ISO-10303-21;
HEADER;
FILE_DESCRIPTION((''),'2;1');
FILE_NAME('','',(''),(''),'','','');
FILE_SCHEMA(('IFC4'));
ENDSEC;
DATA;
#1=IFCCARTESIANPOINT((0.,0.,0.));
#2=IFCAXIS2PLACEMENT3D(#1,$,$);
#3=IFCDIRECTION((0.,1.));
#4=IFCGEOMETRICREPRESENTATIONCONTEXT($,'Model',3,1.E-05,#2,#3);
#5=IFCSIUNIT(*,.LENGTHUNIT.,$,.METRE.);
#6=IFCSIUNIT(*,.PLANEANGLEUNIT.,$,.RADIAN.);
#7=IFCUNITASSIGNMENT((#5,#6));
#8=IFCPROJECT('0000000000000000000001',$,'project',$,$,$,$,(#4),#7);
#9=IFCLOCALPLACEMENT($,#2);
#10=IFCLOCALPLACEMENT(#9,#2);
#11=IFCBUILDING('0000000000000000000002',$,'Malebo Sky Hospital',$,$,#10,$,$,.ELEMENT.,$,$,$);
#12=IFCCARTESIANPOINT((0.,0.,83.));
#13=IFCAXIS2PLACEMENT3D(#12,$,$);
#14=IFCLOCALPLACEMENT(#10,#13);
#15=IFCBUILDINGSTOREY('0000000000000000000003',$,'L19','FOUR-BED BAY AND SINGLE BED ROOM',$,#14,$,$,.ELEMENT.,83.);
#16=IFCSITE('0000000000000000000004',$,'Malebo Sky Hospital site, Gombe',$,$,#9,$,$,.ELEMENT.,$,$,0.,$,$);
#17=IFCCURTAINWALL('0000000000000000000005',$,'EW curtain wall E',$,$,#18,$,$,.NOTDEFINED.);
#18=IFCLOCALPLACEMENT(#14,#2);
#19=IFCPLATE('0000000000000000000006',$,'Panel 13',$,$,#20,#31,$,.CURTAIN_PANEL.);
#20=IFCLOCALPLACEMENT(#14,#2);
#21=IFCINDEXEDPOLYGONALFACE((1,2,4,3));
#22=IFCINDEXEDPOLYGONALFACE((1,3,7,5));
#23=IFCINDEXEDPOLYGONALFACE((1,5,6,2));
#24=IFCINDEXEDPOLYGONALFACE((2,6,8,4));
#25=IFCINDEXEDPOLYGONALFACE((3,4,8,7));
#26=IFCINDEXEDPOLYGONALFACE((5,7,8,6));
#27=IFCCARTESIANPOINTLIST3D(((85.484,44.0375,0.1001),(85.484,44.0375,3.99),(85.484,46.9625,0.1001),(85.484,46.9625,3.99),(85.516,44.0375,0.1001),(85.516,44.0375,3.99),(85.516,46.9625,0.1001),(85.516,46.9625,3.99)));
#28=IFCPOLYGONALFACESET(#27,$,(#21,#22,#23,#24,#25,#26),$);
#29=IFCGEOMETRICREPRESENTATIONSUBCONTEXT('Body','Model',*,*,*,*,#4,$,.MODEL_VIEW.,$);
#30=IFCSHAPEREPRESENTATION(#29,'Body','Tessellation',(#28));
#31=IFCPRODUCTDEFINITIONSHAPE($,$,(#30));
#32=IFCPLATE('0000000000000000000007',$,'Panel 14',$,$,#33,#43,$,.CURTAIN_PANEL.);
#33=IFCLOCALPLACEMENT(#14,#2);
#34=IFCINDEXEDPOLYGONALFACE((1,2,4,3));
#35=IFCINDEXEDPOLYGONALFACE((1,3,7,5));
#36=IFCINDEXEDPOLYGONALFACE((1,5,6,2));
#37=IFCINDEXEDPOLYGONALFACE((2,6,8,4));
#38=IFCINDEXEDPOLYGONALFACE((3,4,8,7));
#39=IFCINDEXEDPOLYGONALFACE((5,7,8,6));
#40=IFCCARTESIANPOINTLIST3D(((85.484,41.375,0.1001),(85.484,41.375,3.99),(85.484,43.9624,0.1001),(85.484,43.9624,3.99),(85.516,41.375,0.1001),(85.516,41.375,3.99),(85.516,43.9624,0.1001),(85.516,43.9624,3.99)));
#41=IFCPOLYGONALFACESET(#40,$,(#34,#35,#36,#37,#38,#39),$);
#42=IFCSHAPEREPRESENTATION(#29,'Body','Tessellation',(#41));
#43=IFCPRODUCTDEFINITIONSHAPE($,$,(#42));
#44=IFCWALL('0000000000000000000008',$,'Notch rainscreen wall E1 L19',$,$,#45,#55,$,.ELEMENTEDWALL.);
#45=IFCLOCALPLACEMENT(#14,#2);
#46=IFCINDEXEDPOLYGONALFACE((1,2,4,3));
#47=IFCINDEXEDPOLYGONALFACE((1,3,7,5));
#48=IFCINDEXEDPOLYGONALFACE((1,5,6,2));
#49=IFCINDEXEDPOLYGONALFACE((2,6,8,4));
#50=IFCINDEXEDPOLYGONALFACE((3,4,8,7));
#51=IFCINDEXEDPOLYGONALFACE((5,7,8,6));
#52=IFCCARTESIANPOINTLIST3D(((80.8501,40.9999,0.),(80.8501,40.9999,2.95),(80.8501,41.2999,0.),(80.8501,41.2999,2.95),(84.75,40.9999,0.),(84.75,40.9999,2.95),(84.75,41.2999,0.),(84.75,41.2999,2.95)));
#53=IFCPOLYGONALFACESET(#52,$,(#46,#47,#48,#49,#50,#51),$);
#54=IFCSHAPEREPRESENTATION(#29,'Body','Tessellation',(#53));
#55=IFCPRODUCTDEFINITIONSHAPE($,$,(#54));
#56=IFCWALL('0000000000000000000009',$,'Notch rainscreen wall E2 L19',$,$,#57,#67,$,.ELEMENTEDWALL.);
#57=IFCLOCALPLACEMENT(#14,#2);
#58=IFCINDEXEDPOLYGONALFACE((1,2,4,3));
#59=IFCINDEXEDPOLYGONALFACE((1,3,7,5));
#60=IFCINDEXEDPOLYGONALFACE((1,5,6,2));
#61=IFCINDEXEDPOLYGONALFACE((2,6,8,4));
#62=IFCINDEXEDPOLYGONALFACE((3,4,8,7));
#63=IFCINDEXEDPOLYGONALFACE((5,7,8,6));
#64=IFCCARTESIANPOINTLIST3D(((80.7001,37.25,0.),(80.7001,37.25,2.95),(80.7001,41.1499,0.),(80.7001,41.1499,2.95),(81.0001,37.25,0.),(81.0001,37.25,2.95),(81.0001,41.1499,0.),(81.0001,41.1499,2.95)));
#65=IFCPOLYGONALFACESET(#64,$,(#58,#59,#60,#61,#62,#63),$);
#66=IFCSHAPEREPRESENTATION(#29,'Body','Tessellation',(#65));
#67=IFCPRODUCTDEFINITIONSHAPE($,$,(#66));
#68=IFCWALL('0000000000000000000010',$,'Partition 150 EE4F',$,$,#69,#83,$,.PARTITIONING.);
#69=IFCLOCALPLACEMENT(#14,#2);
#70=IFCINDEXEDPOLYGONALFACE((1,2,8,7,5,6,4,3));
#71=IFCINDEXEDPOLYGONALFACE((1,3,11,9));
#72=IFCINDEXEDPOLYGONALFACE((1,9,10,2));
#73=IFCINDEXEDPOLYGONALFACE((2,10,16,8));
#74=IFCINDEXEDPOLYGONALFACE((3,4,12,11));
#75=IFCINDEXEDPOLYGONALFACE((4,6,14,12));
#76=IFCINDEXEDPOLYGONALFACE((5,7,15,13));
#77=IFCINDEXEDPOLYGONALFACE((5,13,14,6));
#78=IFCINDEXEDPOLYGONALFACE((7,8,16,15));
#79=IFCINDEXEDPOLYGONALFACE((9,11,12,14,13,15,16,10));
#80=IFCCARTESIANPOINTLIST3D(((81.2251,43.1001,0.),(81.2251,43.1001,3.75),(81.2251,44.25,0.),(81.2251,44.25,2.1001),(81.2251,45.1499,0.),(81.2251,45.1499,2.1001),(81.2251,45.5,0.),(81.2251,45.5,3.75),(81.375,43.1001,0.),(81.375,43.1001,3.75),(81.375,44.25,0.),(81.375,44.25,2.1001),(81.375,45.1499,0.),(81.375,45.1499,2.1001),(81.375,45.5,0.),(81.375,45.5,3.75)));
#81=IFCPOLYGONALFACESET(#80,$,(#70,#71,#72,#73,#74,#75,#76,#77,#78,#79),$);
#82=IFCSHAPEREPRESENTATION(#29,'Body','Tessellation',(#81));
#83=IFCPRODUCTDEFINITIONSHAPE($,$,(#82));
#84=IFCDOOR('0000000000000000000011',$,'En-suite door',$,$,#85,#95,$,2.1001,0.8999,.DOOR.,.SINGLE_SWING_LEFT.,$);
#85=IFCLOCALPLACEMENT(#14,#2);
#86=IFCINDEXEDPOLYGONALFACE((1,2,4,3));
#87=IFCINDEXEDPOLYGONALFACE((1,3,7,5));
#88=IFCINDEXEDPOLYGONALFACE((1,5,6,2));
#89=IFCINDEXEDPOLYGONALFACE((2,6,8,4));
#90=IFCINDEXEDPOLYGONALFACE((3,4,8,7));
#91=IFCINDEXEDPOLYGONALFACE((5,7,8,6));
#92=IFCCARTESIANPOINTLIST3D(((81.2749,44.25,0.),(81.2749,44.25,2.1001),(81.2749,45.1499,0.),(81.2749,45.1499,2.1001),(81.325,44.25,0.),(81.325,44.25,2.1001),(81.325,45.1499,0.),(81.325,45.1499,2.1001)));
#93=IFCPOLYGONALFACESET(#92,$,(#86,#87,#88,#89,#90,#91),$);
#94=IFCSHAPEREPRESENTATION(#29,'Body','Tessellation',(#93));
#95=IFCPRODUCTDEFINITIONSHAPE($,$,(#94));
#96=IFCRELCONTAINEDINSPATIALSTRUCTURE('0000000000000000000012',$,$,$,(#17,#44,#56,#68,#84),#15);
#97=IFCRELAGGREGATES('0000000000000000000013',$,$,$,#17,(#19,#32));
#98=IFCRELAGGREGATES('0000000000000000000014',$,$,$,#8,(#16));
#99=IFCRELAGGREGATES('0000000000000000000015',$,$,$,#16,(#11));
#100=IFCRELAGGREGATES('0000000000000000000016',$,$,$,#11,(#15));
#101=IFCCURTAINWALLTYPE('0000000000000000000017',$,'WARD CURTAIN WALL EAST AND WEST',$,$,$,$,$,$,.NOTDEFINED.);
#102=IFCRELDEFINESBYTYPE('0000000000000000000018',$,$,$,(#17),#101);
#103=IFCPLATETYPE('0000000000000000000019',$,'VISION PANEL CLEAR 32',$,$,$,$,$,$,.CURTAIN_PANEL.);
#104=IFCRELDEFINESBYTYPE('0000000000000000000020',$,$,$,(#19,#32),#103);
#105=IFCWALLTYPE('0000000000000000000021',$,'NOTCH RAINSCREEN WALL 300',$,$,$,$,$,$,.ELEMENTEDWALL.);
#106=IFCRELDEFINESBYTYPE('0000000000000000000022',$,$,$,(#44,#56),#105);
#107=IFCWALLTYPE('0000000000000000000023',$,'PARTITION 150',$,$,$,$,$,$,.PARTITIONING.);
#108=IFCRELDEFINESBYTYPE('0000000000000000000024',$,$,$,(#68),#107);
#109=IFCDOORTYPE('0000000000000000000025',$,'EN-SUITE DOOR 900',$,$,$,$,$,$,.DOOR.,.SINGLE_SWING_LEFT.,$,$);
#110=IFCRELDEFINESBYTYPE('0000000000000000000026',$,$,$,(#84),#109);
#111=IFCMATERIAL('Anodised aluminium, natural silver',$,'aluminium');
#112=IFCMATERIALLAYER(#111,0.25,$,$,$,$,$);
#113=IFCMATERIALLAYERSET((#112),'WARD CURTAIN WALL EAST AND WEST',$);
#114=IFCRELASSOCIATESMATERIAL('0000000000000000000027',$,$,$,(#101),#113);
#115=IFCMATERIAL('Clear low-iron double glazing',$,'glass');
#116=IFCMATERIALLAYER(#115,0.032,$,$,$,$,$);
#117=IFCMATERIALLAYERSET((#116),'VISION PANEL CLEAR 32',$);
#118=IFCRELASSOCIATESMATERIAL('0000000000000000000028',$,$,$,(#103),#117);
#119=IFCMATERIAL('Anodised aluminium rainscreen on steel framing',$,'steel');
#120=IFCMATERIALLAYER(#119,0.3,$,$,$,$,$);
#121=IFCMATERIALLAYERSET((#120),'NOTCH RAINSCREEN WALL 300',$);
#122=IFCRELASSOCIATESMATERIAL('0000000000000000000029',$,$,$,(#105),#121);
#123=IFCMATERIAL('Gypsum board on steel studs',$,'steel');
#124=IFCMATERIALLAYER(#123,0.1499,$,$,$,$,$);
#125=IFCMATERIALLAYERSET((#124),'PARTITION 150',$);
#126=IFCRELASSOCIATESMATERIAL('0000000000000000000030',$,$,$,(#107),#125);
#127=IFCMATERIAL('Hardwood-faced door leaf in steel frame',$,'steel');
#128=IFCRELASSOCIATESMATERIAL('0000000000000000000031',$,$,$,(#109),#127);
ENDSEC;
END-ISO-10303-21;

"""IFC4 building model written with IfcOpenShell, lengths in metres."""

from ifc_helpers import new_model, si_unit, direction, frame, frame_2d, origin, origin_2d, place, context, subcontext, project, spatial, rectangle, extrude, material, layer, layer_set, type_object, element, fill, aggregate, save


model = new_model("IFC4")

# Units and contexts
model_context = context("Model", 3, precision=1e-05, world=origin(), true_north=direction((0.0, 1.0)))
body_context = subcontext(model_context, "Body", "Model", "MODEL_VIEW")
ifc_project = project(units=[si_unit("LENGTHUNIT", "METRE"), si_unit("PLANEANGLEUNIT", "RADIAN")], contexts=[model_context])

# Site, building, storey
site_placement = place(None, origin())
site = spatial("IfcSite", under=ifc_project, at=site_placement, Name="Malebo Sky Hospital site, Gombe", CompositionType="ELEMENT", RefElevation=0.0)
building_placement = place(site_placement, origin())
building = spatial("IfcBuilding", under=site, at=building_placement, Name="Malebo Sky Hospital", CompositionType="ELEMENT")
storey_placement = place(building_placement, frame((0.0, 0.0, 83.0)))
storey = spatial("IfcBuildingStorey", under=building, at=storey_placement, Name="L19", Description="FOUR-BED BAY AND SINGLE BED ROOM", CompositionType="ELEMENT", Elevation=83.0)

# Curtain wall
ifc_material_1 = material(Name="Anodised aluminium, natural silver", Category="aluminium")
ifc_layer_1 = layer(ifc_material_1, 0.25)
ifc_layer_set_1 = layer_set([ifc_layer_1], Name="WARD CURTAIN WALL EAST AND WEST")
curtain_wall_type = type_object("IfcCurtainWallType", Name="WARD CURTAIN WALL EAST AND WEST", PredefinedType="NOTDEFINED", material=ifc_layer_set_1)
curtain_wall_placement = place(storey_placement, origin())
curtain_wall = element("IfcCurtainWall", 1, at=curtain_wall_placement, inside=storey, type_object=curtain_wall_type, Name="EW curtain wall E", PredefinedType="NOTDEFINED")

# Plates
ifc_material_2 = material(Name="Clear low-iron double glazing", Category="glass")
ifc_layer_2 = layer(ifc_material_2, 0.032)
ifc_layer_set_2 = layer_set([ifc_layer_2], Name="VISION PANEL CLEAR 32")
plate_type = type_object("IfcPlateType", Name="VISION PANEL CLEAR 32", PredefinedType="CURTAIN_PANEL", material=ifc_layer_set_2)
plate_1_placement = place(storey_placement, frame((85.5, 45.5, 0.1001), z_axis=(0.0, 0.0, 1.0), x_axis=(0.0, -1.0, 0.0)))
plate_1 = element("IfcPlate", 2, at=plate_1_placement, type_object=plate_type, Name="Panel 13", PredefinedType="CURTAIN_PANEL", context=body_context, shape_type="SweptSolid", body=[
    extrude(rectangle(XDim=2.925, YDim=0.032, at=origin_2d()), origin(), (0.0, 0.0, 1.0), 3.8899),
])
plate_2_placement = place(storey_placement, frame((85.5, 42.6687, 0.1001), z_axis=(0.0, 0.0, 1.0), x_axis=(0.0, -1.0, 0.0)))
plate_2 = element("IfcPlate", 3, at=plate_2_placement, type_object=plate_type, Name="Panel 14", PredefinedType="CURTAIN_PANEL", context=body_context, shape_type="SweptSolid", body=[
    extrude(rectangle(XDim=2.5874, YDim=0.032, at=origin_2d()), origin(), (0.0, 0.0, 1.0), 3.8899),
])
aggregate(curtain_wall, [plate_1, plate_2])

# Walls
ifc_material_3 = material(Name="Anodised aluminium rainscreen on steel framing", Category="steel")
ifc_layer_3 = layer(ifc_material_3, 0.3)
ifc_layer_set_3 = layer_set([ifc_layer_3], Name="NOTCH RAINSCREEN WALL 300")
wall_type_1 = type_object("IfcWallType", Name="NOTCH RAINSCREEN WALL 300", PredefinedType="ELEMENTEDWALL", material=ifc_layer_set_3)
for number, where, z_axis, x_axis, name in (
    (4, (84.75, 41.1499, 0.0), (0.0, 0.0, 1.0), (-1.0, 0.0, 0.0), "Notch rainscreen wall E1 L19"),
    (5, (80.8501, 41.1499, 0.0), (0.0, 0.0, 1.0), (0.0, -1.0, 0.0), "Notch rainscreen wall E2 L19"),
):
    element("IfcWall", number, at=place(storey_placement, frame(where, z_axis=z_axis, x_axis=x_axis)), inside=storey, type_object=wall_type_1, Name=name, PredefinedType="ELEMENTEDWALL", context=body_context, shape_type="SweptSolid", body=[
        extrude(rectangle(XDim=3.8999, YDim=0.3, at=frame_2d((1.95, 0.0))), origin(), (0.0, 0.0, 1.0), 2.95),
    ])

# Wall, opening, door
ifc_material_4 = material(Name="Gypsum board on steel studs", Category="steel")
ifc_layer_4 = layer(ifc_material_4, 0.1499)
ifc_layer_set_4 = layer_set([ifc_layer_4], Name="PARTITION 150")
wall_type_2 = type_object("IfcWallType", Name="PARTITION 150", PredefinedType="PARTITIONING", material=ifc_layer_set_4)
wall_placement = place(storey_placement, frame((81.3, 45.5, 0.0), z_axis=(0.0, 0.0, 1.0), x_axis=(0.0, -1.0, 0.0)))
wall = element("IfcWall", 6, at=wall_placement, inside=storey, type_object=wall_type_2, Name="Partition 150 EE4F", PredefinedType="PARTITIONING", context=body_context, shape_type="SweptSolid", body=[
    extrude(rectangle(XDim=2.3999, YDim=0.1499, at=frame_2d((1.2, 0.0))), origin(), (0.0, 0.0, 1.0), 3.75),
])
opening_placement = place(wall_placement, frame((0.3501, 0.0, 0.0)))
opening = element("IfcOpeningElement", 7, at=opening_placement, cuts=wall, PredefinedType="OPENING", context=body_context, shape_type="SweptSolid", body=[
    extrude(rectangle(XDim=0.8999, YDim=2.1001, at=frame_2d((0.45, 1.05))), frame((0.0, 0.085, 0.0), z_axis=(0.0, -1.0, 0.0), x_axis=(1.0, 0.0, 0.0)), (0.0, 0.0, 1.0), 0.1699),
])
ifc_material_5 = material(Name="Hardwood-faced door leaf in steel frame", Category="steel")
door_type = type_object("IfcDoorType", Name="EN-SUITE DOOR 900", OperationType="SINGLE_SWING_LEFT", PredefinedType="DOOR", material=ifc_material_5)
door_placement = place(opening_placement, origin())
door = element("IfcDoor", 8, at=door_placement, inside=storey, type_object=door_type, Name="En-suite door", OperationType="SINGLE_SWING_LEFT", OverallHeight=2.1001, OverallWidth=0.8999, PredefinedType="DOOR", context=body_context, shape_type="SweptSolid", body=[
    extrude(rectangle(XDim=0.8999, YDim=2.1001, at=frame_2d((0.45, 1.05))), frame((0.0, 0.0249, 0.0), z_axis=(0.0, -1.0, 0.0), x_axis=(1.0, 0.0, 0.0)), (0.0, 0.0, 1.0), 0.05),
])
fill(opening, door)

save(model, "model.ifc")
